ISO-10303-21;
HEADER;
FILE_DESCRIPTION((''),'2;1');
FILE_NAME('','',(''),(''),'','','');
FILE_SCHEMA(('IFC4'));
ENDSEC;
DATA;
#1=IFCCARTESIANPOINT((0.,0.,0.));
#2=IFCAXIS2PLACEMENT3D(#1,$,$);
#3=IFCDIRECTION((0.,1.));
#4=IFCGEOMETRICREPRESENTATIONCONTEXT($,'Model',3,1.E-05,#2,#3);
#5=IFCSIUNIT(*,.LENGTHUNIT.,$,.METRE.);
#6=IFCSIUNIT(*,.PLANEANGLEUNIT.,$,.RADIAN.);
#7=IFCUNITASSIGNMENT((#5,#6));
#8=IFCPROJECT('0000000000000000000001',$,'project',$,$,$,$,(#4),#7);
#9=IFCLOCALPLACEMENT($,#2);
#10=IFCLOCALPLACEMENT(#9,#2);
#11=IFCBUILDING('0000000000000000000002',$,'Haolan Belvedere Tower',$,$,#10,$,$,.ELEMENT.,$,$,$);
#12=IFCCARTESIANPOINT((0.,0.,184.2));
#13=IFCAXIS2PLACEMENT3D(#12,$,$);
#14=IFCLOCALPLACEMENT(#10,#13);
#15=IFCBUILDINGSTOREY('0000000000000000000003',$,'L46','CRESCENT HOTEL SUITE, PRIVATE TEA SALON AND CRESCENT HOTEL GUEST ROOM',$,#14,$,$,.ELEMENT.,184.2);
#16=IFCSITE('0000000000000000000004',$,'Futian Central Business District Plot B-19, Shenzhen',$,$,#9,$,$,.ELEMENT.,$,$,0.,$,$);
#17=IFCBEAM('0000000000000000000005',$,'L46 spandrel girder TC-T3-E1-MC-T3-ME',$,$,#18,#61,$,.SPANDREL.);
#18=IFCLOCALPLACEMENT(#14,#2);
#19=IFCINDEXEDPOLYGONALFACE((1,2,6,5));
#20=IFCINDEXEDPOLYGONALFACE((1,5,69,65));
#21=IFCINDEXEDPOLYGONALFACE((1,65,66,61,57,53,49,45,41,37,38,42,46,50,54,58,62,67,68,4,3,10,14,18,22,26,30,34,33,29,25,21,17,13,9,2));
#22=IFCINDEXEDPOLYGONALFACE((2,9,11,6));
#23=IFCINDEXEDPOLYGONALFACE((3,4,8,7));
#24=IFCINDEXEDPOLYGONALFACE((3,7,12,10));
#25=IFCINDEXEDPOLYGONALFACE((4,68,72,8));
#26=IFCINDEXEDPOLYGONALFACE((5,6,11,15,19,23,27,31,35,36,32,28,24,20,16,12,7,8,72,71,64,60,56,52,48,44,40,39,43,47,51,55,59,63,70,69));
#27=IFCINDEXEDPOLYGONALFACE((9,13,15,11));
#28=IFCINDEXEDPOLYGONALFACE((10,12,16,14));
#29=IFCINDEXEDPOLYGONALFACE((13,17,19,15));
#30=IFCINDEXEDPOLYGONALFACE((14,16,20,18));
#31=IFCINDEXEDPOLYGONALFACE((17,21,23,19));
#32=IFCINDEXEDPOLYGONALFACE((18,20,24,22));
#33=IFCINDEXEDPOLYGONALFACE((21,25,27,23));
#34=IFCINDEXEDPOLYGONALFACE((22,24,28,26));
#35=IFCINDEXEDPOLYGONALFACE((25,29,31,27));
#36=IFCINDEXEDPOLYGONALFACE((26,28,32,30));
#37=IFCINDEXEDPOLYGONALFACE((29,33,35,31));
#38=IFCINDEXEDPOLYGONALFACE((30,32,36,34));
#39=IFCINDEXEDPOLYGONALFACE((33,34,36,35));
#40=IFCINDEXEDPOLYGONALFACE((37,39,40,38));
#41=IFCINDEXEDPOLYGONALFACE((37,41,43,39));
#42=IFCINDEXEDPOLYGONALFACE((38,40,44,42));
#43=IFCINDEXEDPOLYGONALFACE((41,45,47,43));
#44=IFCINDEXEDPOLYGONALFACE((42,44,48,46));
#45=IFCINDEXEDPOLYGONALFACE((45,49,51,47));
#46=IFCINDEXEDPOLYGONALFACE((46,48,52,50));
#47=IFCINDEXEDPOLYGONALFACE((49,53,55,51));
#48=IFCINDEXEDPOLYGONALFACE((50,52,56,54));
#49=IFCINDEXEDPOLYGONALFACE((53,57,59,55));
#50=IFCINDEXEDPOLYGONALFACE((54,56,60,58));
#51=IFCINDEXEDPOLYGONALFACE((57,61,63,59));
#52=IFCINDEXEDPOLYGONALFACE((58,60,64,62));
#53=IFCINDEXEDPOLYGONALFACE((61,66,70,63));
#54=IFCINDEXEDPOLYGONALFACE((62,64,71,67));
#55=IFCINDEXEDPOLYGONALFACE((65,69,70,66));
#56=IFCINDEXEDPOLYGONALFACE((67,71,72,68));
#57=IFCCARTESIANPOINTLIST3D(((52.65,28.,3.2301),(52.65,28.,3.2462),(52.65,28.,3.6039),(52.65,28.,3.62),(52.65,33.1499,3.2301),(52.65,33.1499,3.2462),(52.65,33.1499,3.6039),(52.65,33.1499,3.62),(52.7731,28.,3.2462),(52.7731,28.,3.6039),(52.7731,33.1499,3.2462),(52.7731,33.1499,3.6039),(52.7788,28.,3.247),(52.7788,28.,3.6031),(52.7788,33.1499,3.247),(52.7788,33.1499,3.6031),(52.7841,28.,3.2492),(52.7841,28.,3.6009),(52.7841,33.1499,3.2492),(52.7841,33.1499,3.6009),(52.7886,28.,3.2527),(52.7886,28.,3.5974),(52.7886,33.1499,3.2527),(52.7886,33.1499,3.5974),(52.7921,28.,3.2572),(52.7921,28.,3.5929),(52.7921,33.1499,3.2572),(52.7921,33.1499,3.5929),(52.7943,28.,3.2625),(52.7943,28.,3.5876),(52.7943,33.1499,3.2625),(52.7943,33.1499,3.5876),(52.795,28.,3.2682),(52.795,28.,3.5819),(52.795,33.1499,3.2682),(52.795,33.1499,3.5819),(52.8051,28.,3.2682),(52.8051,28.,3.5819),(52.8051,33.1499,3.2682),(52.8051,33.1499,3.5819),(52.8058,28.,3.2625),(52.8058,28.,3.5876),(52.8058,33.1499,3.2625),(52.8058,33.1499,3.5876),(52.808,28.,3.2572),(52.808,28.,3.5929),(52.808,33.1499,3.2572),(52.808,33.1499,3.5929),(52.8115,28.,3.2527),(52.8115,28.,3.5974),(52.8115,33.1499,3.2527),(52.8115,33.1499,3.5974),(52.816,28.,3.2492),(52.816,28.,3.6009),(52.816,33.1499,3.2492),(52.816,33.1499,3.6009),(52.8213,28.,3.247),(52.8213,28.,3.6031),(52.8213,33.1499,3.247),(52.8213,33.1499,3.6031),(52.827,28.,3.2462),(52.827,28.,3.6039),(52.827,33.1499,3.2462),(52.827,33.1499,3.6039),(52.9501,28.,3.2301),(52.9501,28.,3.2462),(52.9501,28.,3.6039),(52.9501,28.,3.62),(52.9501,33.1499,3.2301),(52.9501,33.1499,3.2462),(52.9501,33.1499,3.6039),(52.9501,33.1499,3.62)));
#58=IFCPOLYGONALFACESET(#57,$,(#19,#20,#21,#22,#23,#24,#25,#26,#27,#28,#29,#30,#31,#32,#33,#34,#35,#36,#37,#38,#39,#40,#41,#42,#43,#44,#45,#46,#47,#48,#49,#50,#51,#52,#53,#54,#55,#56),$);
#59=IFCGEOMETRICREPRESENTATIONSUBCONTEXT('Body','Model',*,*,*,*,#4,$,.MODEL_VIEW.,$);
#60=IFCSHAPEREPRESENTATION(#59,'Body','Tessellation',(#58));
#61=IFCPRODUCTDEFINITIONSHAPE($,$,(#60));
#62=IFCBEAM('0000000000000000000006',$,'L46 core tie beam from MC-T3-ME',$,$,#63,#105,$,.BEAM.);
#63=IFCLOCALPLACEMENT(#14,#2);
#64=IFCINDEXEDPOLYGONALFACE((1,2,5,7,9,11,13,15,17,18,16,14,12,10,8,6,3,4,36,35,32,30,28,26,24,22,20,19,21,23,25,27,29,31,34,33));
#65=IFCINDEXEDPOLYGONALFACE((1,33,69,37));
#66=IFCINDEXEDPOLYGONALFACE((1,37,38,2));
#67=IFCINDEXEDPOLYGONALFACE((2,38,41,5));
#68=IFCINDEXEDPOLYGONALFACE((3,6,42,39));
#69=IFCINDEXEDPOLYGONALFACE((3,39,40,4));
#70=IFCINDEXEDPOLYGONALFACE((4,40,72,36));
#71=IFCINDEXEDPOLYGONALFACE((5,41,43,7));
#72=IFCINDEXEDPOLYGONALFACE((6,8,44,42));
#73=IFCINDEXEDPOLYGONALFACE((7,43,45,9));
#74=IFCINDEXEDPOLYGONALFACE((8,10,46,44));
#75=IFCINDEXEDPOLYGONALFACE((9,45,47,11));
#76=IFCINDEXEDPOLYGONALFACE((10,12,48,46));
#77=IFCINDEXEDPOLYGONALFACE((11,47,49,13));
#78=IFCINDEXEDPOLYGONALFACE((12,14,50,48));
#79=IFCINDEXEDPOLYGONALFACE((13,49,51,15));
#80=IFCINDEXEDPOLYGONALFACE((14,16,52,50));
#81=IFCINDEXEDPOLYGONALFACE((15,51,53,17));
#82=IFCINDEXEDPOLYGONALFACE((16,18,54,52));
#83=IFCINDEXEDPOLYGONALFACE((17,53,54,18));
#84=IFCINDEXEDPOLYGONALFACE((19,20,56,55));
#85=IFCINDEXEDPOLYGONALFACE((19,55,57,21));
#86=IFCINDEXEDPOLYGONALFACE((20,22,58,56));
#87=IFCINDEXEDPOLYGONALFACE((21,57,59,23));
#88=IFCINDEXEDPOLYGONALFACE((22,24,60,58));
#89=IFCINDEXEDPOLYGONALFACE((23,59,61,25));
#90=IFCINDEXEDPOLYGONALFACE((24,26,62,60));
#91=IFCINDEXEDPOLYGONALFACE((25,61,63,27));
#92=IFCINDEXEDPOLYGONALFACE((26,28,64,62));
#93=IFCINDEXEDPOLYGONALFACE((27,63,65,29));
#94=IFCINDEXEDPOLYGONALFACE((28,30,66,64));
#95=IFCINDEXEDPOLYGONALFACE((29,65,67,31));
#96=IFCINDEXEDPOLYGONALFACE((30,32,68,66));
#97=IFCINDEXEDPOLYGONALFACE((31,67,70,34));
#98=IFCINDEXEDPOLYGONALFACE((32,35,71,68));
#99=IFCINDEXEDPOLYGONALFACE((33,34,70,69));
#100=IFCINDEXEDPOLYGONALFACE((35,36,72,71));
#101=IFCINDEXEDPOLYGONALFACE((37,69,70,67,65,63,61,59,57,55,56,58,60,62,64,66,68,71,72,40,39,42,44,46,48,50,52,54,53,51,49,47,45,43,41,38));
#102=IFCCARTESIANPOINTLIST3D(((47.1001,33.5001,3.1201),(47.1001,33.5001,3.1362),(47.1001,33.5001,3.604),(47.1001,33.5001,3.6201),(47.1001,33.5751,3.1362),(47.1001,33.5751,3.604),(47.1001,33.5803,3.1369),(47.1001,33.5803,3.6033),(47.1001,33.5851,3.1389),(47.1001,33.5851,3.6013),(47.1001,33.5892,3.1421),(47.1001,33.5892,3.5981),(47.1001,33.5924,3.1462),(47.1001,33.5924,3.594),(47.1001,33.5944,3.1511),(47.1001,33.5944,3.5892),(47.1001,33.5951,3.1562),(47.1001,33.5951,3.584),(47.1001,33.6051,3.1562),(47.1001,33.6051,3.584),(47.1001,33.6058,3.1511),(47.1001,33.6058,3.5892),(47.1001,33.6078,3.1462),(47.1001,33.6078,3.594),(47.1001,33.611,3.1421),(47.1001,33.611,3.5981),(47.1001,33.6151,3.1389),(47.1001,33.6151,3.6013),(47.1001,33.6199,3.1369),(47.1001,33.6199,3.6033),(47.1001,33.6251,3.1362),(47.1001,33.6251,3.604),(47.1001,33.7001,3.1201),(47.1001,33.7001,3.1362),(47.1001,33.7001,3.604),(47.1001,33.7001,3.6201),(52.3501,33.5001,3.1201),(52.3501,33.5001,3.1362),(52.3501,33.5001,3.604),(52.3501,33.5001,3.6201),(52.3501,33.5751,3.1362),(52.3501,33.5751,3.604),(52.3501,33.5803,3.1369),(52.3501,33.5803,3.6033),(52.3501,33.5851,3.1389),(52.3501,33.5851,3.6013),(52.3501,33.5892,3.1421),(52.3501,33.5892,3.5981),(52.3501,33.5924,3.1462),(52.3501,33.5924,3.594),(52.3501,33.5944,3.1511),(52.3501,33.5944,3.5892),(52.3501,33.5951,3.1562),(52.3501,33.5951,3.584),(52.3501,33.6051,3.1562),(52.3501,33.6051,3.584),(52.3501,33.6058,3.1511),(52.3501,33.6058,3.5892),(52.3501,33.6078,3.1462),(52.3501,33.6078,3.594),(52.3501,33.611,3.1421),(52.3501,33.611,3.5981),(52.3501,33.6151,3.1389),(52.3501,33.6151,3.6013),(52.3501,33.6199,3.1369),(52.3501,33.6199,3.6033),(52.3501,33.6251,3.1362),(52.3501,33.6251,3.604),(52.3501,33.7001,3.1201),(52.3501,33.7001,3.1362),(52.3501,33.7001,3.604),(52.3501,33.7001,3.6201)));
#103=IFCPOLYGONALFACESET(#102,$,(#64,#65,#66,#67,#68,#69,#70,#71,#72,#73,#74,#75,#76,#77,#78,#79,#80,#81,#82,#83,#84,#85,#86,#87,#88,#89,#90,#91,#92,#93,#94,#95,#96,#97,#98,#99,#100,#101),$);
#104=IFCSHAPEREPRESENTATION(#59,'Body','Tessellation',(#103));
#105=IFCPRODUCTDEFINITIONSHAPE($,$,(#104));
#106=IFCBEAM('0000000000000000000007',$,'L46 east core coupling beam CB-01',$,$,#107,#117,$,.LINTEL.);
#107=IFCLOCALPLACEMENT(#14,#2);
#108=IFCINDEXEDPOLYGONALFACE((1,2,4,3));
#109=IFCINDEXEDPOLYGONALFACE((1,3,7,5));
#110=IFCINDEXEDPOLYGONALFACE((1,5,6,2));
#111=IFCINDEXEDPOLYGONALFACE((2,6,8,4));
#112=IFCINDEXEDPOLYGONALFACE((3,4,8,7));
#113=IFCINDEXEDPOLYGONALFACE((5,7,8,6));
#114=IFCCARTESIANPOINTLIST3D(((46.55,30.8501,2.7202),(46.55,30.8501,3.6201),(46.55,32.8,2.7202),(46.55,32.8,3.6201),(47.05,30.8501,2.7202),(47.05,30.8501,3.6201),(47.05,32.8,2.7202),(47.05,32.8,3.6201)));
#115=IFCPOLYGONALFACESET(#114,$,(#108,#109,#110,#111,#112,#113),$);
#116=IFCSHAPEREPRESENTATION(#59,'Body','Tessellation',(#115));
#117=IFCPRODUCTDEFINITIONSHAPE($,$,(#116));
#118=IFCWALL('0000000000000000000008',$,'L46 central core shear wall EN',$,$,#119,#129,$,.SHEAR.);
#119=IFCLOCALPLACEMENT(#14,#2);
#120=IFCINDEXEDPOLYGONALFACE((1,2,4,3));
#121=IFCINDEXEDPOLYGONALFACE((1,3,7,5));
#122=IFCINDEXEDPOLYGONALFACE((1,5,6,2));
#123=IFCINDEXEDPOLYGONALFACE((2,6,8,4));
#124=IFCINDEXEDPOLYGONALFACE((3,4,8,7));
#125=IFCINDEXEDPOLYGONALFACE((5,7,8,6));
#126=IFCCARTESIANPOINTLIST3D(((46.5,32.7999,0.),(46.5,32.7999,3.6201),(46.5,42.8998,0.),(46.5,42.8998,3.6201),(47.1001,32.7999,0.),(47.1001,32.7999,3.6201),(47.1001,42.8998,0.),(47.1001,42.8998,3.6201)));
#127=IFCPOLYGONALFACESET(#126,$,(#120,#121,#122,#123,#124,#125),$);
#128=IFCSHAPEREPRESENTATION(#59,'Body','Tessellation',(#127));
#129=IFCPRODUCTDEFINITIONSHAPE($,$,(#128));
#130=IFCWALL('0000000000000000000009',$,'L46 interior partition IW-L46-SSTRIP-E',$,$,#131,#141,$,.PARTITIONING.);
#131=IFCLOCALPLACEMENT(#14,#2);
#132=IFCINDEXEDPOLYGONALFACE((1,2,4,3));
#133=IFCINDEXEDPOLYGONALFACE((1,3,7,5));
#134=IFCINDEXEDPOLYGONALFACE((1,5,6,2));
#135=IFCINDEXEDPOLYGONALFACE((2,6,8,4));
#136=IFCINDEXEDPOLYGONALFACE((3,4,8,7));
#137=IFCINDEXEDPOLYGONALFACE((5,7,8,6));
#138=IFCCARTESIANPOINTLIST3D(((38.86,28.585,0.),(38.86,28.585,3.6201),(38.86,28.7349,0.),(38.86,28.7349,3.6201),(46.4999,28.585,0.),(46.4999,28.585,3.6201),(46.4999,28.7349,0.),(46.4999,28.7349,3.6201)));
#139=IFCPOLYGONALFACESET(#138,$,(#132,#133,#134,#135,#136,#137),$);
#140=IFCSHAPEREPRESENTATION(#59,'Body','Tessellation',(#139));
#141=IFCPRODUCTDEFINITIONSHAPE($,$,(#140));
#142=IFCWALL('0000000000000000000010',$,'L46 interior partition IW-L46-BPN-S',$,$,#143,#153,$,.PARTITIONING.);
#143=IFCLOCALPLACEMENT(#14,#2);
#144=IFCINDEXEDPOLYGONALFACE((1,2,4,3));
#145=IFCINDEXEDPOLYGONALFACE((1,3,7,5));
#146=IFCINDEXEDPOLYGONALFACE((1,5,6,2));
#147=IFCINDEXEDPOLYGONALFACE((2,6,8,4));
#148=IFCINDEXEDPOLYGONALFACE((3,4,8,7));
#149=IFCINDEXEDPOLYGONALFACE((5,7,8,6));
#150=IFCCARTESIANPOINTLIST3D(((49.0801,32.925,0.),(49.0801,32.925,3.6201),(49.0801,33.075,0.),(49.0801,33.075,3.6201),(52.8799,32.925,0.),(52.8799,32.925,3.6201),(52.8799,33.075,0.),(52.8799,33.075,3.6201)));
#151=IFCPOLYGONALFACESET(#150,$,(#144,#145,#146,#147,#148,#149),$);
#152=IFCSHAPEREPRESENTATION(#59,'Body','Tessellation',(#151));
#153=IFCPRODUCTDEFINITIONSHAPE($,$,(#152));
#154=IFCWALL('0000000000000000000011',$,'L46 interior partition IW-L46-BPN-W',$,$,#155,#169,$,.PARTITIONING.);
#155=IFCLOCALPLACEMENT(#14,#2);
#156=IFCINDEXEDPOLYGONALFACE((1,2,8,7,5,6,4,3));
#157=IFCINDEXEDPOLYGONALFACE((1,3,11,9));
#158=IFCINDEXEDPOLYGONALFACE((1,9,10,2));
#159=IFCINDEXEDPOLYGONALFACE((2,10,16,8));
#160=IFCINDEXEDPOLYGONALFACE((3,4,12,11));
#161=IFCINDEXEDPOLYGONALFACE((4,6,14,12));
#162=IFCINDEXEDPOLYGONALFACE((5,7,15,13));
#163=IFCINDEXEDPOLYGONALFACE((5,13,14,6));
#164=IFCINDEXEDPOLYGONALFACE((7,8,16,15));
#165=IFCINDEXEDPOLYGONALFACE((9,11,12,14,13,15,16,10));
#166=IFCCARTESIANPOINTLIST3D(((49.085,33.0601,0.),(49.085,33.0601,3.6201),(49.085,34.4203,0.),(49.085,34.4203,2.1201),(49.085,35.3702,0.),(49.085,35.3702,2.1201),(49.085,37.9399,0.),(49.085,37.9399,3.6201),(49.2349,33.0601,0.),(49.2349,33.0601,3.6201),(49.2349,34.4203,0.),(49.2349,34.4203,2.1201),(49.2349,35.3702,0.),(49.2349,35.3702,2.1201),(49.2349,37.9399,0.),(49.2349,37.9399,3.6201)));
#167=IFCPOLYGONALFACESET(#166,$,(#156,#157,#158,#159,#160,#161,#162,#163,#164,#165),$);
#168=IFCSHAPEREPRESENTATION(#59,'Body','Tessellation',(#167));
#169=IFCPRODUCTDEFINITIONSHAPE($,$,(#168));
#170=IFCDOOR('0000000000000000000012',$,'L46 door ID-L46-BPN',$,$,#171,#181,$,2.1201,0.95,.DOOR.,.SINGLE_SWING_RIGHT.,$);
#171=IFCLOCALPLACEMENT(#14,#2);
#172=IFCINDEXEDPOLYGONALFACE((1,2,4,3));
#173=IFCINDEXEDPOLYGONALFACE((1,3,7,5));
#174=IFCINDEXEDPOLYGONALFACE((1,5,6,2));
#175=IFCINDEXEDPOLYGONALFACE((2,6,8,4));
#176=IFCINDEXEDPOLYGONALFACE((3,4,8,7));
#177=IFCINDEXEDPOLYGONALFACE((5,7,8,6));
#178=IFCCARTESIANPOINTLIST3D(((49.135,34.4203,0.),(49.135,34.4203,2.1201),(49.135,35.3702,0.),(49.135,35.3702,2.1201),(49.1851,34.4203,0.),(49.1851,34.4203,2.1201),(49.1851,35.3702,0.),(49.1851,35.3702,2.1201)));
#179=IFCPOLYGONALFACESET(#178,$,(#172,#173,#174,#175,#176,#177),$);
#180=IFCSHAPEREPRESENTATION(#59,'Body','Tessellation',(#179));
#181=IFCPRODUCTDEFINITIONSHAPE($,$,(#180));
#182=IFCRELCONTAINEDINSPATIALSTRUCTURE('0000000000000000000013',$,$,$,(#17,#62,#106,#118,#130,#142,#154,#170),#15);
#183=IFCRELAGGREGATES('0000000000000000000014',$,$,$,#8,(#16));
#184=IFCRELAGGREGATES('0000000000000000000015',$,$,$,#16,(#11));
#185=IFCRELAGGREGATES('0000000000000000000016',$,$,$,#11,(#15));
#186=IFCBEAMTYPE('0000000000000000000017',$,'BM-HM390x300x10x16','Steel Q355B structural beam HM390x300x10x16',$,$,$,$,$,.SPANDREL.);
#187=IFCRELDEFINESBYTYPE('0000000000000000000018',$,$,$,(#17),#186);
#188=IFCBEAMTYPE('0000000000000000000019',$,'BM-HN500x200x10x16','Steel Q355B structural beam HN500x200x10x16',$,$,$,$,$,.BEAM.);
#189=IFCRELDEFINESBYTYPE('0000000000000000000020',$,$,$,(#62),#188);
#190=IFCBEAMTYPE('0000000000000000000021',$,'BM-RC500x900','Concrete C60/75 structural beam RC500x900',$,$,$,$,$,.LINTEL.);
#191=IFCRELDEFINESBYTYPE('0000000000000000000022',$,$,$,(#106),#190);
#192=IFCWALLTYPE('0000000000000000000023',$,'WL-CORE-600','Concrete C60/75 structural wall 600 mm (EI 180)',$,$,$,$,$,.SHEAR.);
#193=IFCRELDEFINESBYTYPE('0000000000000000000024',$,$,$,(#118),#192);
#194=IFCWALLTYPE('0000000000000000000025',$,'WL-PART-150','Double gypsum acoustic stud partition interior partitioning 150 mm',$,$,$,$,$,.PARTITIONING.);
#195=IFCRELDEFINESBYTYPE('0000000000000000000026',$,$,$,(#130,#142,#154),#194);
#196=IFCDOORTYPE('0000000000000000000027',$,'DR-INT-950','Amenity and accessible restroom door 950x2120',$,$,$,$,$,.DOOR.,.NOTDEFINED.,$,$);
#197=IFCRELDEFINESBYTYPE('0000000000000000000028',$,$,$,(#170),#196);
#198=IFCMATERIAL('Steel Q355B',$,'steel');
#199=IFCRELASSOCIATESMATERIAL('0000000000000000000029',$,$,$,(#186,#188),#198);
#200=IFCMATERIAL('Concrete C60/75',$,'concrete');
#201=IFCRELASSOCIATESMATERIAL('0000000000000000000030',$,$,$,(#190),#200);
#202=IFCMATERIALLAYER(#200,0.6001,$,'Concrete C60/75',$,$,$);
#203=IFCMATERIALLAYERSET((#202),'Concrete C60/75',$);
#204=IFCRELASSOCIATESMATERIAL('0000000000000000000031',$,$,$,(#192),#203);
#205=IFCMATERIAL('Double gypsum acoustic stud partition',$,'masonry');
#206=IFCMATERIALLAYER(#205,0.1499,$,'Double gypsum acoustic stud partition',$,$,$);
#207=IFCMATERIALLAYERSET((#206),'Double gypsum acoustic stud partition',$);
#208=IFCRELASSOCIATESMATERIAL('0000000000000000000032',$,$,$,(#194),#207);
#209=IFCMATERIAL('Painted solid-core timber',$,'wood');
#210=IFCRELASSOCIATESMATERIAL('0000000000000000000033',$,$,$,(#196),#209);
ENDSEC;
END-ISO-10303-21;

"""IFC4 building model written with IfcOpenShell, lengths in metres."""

from ifc_helpers import new_model, si_unit, direction, frame, frame_2d, origin, origin_2d, place, context, subcontext, project, spatial, rectangle, i_section, extrude, material, layer, layer_set, material_profile, profile_set, type_object, element, fill, save


model = new_model("IFC4")

# Units and contexts
model_context = context("Model", 3, precision=1e-05, world=origin(), true_north=direction((0.0, 1.0)))
body_context = subcontext(model_context, "Body", "Model", "MODEL_VIEW")
ifc_project = project(units=[si_unit("LENGTHUNIT", "METRE"), si_unit("PLANEANGLEUNIT", "RADIAN")], contexts=[model_context])

# Site, building, storey
site_placement = place(None, origin())
site = spatial("IfcSite", under=ifc_project, at=site_placement, Name="Futian Central Business District Plot B-19, Shenzhen", CompositionType="ELEMENT", RefElevation=0.0)
building_placement = place(site_placement, origin())
building = spatial("IfcBuilding", under=site, at=building_placement, Name="Haolan Belvedere Tower", CompositionType="ELEMENT")
storey_placement = place(building_placement, frame((0.0, 0.0, 184.2)))
storey = spatial("IfcBuildingStorey", under=building, at=storey_placement, Name="L46", Description="CRESCENT HOTEL SUITE, PRIVATE TEA SALON AND CRESCENT HOTEL GUEST ROOM", CompositionType="ELEMENT", Elevation=184.2)

# Beams
ifc_material_1 = material(Name="Steel Q355B", Category="steel")
ifc_material_profile_1 = material_profile(ifc_material_1, i_section(OverallWidth=0.3, OverallDepth=0.3899, WebThickness=0.01, FlangeThickness=0.0161, FilletRadius=0.022, at=origin_2d()), Name="Steel Q355B")
ifc_profile_set_1 = profile_set([ifc_material_profile_1], Name="Steel Q355B")
beam_type_1 = type_object("IfcBeamType", Name="BM-HM390x300x10x16", Description="Steel Q355B structural beam HM390x300x10x16", PredefinedType="SPANDREL", material=ifc_profile_set_1)
beam_1_placement = place(storey_placement, frame((52.8, 28.0, 3.425), z_axis=(0.0, 1.0, 0.0), x_axis=(-1.0, 0.0, 0.0)))
element("IfcBeam", 1, at=beam_1_placement, inside=storey, type_object=beam_type_1, Name="L46 spandrel girder TC-T3-E1-MC-T3-ME", PredefinedType="SPANDREL", context=body_context, shape_type="SweptSolid", body=[
    extrude(i_section(OverallWidth=0.3, OverallDepth=0.3899, WebThickness=0.01, FlangeThickness=0.0161, FilletRadius=0.022, at=origin_2d()), origin(), (0.0, 0.0, 1.0), 5.1499),
])
ifc_material_profile_2 = material_profile(ifc_material_1, i_section(OverallWidth=0.2, OverallDepth=0.5, WebThickness=0.01, FlangeThickness=0.0161, FilletRadius=0.02, at=origin_2d()), Name="Steel Q355B")
ifc_profile_set_2 = profile_set([ifc_material_profile_2], Name="Steel Q355B")
beam_type_2 = type_object("IfcBeamType", Name="BM-HN500x200x10x16", Description="Steel Q355B structural beam HN500x200x10x16", PredefinedType="BEAM", material=ifc_profile_set_2)
beam_2_placement = place(storey_placement, frame((52.3501, 33.6001, 3.3701), z_axis=(-1.0, 0.0, 0.0), x_axis=(0.0, -1.0, 0.0)))
element("IfcBeam", 2, at=beam_2_placement, inside=storey, type_object=beam_type_2, Name="L46 core tie beam from MC-T3-ME", PredefinedType="BEAM", context=body_context, shape_type="SweptSolid", body=[
    extrude(i_section(OverallWidth=0.2, OverallDepth=0.5, WebThickness=0.01, FlangeThickness=0.0161, FilletRadius=0.02, at=origin_2d()), origin(), (0.0, 0.0, 1.0), 5.25),
])
ifc_material_2 = material(Name="Concrete C60/75", Category="concrete")
ifc_material_profile_3 = material_profile(ifc_material_2, rectangle(XDim=0.5, YDim=0.8999, at=origin_2d()), Name="Concrete C60/75")
ifc_profile_set_3 = profile_set([ifc_material_profile_3], Name="Concrete C60/75")
beam_type_3 = type_object("IfcBeamType", Name="BM-RC500x900", Description="Concrete C60/75 structural beam RC500x900", PredefinedType="LINTEL", material=ifc_profile_set_3)
beam_3_placement = place(storey_placement, frame((46.8, 30.8501, 3.1702), z_axis=(0.0, 1.0, 0.0), x_axis=(-1.0, 0.0, 0.0)))
element("IfcBeam", 3, at=beam_3_placement, inside=storey, type_object=beam_type_3, Name="L46 east core coupling beam CB-01", PredefinedType="LINTEL", context=body_context, shape_type="SweptSolid", body=[
    extrude(rectangle(XDim=0.5, YDim=0.8999, at=origin_2d()), origin(), (0.0, 0.0, 1.0), 1.95),
])

# Walls
ifc_layer_1 = layer(ifc_material_2, 0.6001, Name="Concrete C60/75")
ifc_layer_set_1 = layer_set([ifc_layer_1], Name="Concrete C60/75")
wall_type_1 = type_object("IfcWallType", Name="WL-CORE-600", Description="Concrete C60/75 structural wall 600 mm (EI 180)", PredefinedType="SHEAR", material=ifc_layer_set_1)
wall_1_placement = place(storey_placement, frame((46.8, 32.8, 0.0), z_axis=(0.0, 0.0, 1.0), x_axis=(0.0, 1.0, 0.0)))
element("IfcWall", 4, at=wall_1_placement, inside=storey, type_object=wall_type_1, Name="L46 central core shear wall EN", PredefinedType="SHEAR", context=body_context, shape_type="SweptSolid", body=[
    extrude(rectangle(XDim=10.0999, YDim=0.6001, at=frame_2d((5.0498, 0.0))), origin(), (0.0, 0.0, 1.0), 3.6201),
])
ifc_material_3 = material(Name="Double gypsum acoustic stud partition", Category="masonry")
ifc_layer_2 = layer(ifc_material_3, 0.1499, Name="Double gypsum acoustic stud partition")
ifc_layer_set_2 = layer_set([ifc_layer_2], Name="Double gypsum acoustic stud partition")
wall_type_2 = type_object("IfcWallType", Name="WL-PART-150", Description="Double gypsum acoustic stud partition interior partitioning 150 mm", PredefinedType="PARTITIONING", material=ifc_layer_set_2)
wall_2_placement = place(storey_placement, frame((38.8601, 28.6599, 0.0), z_axis=(0.0, 0.0, 1.0), x_axis=(1.0, 0.0, 0.0)))
element("IfcWall", 5, at=wall_2_placement, inside=storey, type_object=wall_type_2, Name="L46 interior partition IW-L46-SSTRIP-E", PredefinedType="PARTITIONING", context=body_context, shape_type="SweptSolid", body=[
    extrude(rectangle(XDim=7.6399, YDim=0.1499, at=frame_2d((3.8198, 0.0))), origin(), (0.0, 0.0, 1.0), 3.6201),
])
wall_3_placement = place(storey_placement, frame((49.0801, 33.0, 0.0), z_axis=(0.0, 0.0, 1.0), x_axis=(1.0, 0.0, 0.0)))
element("IfcWall", 6, at=wall_3_placement, inside=storey, type_object=wall_type_2, Name="L46 interior partition IW-L46-BPN-S", PredefinedType="PARTITIONING", context=body_context, shape_type="SweptSolid", body=[
    extrude(rectangle(XDim=3.7998, YDim=0.1499, at=frame_2d((1.8999, 0.0))), origin(), (0.0, 0.0, 1.0), 3.6201),
])

# Wall, opening, door
wall_4_placement = place(storey_placement, frame((49.1599, 33.0601, 0.0), z_axis=(0.0, 0.0, 1.0), x_axis=(0.0, 1.0, 0.0)))
wall_4 = element("IfcWall", 7, at=wall_4_placement, inside=storey, type_object=wall_type_2, Name="L46 interior partition IW-L46-BPN-W", PredefinedType="PARTITIONING", context=body_context, shape_type="SweptSolid", body=[
    extrude(rectangle(XDim=4.8799, YDim=0.1499, at=frame_2d((2.4399, 0.0))), origin(), (0.0, 0.0, 1.0), 3.6201),
])
opening_1_placement = place(wall_4_placement, frame((1.3601, 0.0, 0.0)))
opening_1 = element("IfcOpeningElement", 8, at=opening_1_placement, cuts=wall_4, PredefinedType="OPENING", context=body_context, shape_type="SweptSolid", body=[
    extrude(rectangle(XDim=0.95, YDim=2.1201, at=frame_2d((0.4751, 1.0601))), frame((0.0, 0.085, 0.0), z_axis=(0.0, -1.0, 0.0), x_axis=(1.0, 0.0, 0.0)), (0.0, 0.0, 1.0), 0.1699),
])
ifc_material_4 = material(Name="Painted solid-core timber", Category="wood")
door_type_1 = type_object("IfcDoorType", Name="DR-INT-950", Description="Amenity and accessible restroom door 950x2120", OperationType="NOTDEFINED", PredefinedType="DOOR", material=ifc_material_4)
door_1_placement = place(opening_1_placement, origin())
door_1 = element("IfcDoor", 9, at=door_1_placement, inside=storey, type_object=door_type_1, Name="L46 door ID-L46-BPN", OperationType="SINGLE_SWING_RIGHT", OverallHeight=2.1201, OverallWidth=0.95, PredefinedType="DOOR", context=body_context, shape_type="SweptSolid", body=[
    extrude(rectangle(XDim=0.95, YDim=2.1201, at=frame_2d((0.4751, 1.0601))), frame((0.0, 0.0249, 0.0), z_axis=(0.0, -1.0, 0.0), x_axis=(1.0, 0.0, 0.0)), (0.0, 0.0, 1.0), 0.05),
])
fill(opening_1, door_1)

save(model, "model.ifc")
